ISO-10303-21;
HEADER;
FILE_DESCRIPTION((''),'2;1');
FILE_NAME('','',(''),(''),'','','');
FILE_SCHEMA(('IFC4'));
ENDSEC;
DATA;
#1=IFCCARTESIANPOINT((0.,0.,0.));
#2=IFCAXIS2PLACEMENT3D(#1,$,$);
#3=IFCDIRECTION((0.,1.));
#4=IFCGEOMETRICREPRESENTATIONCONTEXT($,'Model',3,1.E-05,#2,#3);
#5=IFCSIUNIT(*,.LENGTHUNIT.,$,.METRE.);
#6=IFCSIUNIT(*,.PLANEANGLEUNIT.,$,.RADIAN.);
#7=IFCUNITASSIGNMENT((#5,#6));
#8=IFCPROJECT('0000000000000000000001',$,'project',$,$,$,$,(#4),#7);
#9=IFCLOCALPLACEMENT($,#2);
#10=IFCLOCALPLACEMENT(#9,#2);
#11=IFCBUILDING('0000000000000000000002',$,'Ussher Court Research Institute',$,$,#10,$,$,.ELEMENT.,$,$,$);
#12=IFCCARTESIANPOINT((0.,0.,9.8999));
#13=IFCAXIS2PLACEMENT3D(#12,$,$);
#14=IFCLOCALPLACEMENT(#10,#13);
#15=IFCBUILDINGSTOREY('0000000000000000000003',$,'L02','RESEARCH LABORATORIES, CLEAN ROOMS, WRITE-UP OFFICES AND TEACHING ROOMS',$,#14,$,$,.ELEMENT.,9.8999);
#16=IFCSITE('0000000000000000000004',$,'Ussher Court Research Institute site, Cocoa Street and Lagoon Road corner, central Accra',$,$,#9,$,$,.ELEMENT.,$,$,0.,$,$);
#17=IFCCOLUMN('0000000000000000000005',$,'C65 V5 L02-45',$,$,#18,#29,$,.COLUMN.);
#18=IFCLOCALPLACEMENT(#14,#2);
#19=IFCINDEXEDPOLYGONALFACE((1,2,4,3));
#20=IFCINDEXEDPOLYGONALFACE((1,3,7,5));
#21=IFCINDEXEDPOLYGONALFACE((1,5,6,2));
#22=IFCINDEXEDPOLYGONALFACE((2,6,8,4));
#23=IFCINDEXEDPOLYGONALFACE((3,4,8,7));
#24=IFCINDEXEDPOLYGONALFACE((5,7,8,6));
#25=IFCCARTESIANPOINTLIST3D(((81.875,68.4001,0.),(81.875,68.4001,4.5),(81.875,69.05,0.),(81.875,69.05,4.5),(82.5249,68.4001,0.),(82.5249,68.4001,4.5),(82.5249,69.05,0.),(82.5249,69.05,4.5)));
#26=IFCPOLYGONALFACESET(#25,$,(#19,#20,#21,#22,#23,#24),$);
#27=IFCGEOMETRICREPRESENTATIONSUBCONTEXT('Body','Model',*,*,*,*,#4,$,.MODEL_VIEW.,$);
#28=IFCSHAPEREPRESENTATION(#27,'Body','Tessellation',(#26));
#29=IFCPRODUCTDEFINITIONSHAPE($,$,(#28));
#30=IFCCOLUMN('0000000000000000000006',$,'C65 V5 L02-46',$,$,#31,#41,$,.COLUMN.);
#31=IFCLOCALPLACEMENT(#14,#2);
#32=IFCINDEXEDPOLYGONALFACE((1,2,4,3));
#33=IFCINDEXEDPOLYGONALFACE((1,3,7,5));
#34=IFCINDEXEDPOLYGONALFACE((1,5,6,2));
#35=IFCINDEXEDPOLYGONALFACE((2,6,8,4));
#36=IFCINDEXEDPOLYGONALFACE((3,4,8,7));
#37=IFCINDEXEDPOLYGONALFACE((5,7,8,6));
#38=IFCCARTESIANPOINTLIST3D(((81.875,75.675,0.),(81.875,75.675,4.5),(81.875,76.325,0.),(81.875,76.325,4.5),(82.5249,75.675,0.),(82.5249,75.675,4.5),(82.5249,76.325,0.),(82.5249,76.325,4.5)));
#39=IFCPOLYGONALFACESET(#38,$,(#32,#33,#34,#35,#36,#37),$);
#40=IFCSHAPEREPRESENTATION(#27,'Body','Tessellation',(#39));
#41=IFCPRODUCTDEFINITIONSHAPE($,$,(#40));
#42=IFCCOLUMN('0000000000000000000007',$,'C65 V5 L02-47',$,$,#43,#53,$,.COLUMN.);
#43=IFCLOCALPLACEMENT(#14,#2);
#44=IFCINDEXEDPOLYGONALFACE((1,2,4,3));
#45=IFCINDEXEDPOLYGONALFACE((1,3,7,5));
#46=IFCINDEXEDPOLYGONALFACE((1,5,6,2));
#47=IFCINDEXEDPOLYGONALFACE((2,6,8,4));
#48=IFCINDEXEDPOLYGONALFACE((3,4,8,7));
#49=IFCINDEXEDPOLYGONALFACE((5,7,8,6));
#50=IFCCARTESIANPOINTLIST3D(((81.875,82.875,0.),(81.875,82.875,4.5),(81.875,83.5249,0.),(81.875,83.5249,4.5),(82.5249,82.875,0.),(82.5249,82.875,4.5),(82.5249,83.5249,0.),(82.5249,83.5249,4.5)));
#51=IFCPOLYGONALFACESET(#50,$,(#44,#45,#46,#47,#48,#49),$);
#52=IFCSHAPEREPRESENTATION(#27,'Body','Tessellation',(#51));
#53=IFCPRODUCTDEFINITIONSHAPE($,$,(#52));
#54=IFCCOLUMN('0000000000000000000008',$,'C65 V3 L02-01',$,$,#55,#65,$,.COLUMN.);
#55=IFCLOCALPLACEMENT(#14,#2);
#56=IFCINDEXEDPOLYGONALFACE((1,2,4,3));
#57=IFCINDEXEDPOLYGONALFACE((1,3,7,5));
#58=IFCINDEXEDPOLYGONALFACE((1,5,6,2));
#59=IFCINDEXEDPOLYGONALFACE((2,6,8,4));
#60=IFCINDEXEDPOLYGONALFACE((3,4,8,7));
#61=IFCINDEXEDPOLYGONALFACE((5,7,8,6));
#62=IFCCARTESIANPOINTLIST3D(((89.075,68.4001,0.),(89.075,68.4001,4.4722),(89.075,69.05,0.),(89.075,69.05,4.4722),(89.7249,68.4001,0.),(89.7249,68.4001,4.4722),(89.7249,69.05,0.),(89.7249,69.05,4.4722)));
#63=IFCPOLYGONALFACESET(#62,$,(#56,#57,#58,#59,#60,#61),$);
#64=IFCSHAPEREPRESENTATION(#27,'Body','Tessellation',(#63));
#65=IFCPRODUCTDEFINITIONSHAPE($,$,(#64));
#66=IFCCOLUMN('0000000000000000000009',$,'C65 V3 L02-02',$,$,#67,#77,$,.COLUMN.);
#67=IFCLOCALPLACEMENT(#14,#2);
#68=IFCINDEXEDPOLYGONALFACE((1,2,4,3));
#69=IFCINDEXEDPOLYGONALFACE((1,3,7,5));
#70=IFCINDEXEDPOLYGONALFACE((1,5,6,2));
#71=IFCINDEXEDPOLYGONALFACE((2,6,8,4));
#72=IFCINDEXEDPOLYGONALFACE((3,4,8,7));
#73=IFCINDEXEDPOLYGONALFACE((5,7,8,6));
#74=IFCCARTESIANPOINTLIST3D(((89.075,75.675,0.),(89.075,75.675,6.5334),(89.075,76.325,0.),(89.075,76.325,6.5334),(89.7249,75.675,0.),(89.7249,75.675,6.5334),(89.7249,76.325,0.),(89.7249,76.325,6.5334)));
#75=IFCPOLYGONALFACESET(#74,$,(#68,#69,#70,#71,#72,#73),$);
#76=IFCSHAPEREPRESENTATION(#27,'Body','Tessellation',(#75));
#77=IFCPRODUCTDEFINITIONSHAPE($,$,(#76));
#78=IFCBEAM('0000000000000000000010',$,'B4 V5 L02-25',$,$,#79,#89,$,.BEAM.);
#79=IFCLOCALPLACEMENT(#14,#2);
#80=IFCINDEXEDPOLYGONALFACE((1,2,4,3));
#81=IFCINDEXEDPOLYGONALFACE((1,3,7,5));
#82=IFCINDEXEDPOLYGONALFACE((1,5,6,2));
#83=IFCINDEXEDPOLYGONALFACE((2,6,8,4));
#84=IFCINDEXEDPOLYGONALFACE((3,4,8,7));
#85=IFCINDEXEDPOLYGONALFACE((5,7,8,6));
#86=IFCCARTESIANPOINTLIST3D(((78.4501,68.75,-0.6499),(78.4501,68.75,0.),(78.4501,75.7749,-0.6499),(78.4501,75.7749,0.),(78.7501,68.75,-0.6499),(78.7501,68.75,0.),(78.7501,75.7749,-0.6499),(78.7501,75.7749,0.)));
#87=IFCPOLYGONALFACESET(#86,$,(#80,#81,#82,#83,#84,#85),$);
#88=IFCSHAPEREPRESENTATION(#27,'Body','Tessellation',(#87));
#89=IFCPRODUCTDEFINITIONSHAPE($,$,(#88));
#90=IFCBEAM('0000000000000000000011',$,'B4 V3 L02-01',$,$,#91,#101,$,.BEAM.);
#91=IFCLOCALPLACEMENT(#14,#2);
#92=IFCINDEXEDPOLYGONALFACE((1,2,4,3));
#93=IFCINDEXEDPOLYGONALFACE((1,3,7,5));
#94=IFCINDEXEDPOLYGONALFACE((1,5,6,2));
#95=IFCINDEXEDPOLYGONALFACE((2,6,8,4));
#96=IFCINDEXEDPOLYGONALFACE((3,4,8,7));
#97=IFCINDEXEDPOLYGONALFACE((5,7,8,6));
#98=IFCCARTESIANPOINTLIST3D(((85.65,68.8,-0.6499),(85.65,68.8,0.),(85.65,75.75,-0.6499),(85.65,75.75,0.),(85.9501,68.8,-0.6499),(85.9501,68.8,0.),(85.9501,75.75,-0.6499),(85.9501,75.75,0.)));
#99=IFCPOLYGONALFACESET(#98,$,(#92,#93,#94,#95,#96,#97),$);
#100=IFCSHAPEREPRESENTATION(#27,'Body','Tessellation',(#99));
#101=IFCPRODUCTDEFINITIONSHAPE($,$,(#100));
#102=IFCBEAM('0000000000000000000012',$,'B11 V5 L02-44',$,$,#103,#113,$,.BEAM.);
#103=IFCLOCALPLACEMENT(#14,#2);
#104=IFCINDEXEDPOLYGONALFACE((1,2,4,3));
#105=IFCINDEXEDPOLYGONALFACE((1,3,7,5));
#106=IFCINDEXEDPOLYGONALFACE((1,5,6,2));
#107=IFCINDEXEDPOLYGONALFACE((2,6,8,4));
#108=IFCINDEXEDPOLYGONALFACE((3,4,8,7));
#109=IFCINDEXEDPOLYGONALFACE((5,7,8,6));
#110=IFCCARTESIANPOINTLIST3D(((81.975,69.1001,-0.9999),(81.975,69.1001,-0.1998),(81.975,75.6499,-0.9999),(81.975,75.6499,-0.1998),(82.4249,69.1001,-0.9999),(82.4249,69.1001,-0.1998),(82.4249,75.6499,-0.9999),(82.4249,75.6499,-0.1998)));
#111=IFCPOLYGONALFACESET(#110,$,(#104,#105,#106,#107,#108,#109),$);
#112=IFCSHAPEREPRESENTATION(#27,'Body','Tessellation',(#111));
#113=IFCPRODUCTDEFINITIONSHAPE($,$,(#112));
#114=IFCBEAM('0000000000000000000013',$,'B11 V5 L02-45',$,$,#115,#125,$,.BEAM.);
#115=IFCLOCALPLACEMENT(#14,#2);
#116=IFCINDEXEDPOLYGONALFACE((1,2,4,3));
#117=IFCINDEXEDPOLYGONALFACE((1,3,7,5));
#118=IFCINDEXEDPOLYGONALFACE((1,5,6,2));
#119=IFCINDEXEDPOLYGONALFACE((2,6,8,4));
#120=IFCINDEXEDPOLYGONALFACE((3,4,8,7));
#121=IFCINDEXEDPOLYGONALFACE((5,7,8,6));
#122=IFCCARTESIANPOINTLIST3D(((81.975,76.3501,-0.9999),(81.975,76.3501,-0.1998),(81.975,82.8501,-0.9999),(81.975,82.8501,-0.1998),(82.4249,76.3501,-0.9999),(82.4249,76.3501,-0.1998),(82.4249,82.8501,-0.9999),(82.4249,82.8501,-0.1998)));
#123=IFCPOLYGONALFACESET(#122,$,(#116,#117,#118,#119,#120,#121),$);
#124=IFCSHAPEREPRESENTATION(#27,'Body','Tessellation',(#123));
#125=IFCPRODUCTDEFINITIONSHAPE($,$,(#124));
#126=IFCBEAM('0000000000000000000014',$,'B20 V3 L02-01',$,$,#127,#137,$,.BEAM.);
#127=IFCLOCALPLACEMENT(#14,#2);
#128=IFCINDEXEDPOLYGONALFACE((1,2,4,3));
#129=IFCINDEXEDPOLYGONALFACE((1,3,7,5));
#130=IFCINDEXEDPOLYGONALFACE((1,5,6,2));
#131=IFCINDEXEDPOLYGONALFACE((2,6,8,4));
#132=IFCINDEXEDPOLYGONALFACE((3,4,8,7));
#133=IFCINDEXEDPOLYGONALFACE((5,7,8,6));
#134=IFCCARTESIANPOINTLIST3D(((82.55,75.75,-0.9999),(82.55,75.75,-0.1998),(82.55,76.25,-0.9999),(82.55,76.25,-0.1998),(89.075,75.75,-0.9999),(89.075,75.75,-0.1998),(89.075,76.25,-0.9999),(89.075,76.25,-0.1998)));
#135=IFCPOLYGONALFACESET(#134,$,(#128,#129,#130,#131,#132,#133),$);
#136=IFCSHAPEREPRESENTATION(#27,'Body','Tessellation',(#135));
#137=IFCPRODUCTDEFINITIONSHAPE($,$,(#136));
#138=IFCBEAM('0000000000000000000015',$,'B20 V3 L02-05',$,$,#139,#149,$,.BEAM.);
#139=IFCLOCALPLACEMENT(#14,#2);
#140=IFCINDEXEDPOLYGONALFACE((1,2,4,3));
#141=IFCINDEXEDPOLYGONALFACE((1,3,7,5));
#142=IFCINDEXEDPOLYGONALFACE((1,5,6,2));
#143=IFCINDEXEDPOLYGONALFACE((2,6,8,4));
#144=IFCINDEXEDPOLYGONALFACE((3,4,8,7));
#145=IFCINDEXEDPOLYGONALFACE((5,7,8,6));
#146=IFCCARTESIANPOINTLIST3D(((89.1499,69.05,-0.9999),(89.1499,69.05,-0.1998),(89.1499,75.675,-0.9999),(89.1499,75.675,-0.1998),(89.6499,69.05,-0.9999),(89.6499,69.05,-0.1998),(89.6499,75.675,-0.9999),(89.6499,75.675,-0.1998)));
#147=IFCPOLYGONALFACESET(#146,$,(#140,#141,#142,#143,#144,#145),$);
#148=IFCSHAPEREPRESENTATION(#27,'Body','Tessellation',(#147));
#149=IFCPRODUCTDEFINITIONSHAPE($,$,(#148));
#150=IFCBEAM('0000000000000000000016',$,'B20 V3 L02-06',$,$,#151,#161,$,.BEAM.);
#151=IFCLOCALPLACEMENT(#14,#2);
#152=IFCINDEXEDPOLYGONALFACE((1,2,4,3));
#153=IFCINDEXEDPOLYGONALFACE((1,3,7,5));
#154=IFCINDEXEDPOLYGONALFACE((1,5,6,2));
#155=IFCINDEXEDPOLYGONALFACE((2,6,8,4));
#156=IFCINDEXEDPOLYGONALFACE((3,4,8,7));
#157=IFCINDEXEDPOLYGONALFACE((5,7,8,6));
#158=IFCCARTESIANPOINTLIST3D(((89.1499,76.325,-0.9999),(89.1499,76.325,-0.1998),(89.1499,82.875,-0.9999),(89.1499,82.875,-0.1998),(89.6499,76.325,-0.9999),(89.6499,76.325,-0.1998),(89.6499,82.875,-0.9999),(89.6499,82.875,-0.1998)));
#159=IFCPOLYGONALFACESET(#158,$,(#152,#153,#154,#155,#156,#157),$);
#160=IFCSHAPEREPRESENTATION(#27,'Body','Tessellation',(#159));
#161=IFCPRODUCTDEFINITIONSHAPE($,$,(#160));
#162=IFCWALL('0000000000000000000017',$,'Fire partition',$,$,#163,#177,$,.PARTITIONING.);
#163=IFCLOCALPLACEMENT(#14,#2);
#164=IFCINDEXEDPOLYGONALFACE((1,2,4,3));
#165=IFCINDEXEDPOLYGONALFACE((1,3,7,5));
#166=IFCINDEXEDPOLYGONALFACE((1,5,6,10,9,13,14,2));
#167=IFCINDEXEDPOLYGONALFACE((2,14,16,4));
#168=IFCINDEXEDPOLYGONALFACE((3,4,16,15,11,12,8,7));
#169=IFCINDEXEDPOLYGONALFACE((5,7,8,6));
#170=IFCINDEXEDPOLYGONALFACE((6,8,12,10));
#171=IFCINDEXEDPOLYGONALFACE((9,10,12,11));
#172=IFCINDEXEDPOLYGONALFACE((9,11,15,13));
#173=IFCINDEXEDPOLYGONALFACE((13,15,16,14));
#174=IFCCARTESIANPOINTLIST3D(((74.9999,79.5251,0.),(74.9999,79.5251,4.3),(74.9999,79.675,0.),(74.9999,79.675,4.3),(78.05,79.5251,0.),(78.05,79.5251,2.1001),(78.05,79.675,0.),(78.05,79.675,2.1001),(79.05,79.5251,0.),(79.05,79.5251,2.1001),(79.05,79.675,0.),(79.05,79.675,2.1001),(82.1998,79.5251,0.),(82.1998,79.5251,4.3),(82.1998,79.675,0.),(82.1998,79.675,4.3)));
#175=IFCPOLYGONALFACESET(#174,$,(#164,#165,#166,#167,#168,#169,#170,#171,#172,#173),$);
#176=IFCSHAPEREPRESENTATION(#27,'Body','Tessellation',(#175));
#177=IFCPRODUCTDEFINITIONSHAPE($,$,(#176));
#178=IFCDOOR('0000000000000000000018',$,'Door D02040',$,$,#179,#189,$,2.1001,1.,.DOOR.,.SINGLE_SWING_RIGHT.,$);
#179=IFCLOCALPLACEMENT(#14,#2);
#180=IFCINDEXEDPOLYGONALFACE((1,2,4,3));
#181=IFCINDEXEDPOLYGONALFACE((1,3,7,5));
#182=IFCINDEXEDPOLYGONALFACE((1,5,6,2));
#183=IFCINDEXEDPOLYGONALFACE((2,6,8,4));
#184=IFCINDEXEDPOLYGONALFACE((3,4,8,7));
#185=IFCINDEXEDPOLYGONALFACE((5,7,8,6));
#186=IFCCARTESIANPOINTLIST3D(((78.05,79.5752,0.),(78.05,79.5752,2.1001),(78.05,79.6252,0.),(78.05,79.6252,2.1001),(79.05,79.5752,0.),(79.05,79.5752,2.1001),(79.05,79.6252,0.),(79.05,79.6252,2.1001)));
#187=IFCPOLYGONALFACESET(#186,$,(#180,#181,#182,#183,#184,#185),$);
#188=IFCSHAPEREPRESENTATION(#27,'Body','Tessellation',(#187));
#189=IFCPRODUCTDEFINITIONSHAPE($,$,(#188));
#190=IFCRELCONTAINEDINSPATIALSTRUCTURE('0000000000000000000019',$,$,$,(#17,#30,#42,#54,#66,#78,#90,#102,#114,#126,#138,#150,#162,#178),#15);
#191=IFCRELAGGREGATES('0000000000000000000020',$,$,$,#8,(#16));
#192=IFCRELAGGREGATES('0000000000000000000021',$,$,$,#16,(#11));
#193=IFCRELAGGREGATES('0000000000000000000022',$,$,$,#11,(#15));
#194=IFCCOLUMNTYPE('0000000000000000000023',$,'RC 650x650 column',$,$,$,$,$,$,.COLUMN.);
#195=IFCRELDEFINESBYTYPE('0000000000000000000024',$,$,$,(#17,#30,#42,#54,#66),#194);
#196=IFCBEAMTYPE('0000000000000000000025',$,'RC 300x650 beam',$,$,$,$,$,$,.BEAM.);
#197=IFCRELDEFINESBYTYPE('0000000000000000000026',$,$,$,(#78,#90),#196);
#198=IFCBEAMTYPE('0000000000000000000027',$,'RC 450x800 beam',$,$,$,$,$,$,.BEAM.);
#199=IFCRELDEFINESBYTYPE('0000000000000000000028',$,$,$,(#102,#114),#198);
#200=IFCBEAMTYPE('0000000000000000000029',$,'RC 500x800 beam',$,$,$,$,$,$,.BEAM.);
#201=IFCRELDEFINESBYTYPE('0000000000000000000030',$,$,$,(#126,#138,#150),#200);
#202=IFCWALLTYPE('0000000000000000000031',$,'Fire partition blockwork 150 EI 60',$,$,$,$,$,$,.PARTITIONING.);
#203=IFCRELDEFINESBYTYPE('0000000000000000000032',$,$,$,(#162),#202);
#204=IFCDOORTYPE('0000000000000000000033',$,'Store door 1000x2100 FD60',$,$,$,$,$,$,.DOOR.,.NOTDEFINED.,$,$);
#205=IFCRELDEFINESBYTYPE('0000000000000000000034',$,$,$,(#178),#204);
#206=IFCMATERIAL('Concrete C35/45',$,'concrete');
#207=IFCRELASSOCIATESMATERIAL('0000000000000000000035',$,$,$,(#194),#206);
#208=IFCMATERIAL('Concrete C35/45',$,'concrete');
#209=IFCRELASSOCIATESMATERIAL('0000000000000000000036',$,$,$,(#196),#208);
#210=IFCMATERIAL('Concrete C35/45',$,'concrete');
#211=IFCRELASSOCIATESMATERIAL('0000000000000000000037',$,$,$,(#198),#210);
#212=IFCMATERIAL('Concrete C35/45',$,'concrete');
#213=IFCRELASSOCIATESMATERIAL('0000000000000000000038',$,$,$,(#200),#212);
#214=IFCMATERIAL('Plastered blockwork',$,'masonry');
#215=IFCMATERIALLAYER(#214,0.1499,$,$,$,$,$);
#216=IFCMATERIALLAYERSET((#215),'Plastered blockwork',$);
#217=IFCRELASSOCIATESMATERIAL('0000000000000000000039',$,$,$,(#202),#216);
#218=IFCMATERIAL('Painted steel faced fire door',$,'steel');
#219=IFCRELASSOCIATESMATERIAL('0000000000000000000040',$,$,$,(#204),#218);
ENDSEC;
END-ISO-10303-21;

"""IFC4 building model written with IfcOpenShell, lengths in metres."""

from ifc_helpers import new_model, si_unit, direction, frame, frame_2d, origin, origin_2d, place, context, subcontext, project, spatial, rectangle, extrude, material, layer, layer_set, material_profile, profile_set, type_object, element, fill, save


model = new_model("IFC4")

# Units and contexts
model_context = context("Model", 3, precision=1e-05, world=origin(), true_north=direction((0.0, 1.0)))
body_context = subcontext(model_context, "Body", "Model", "MODEL_VIEW")
ifc_project = project(units=[si_unit("LENGTHUNIT", "METRE"), si_unit("PLANEANGLEUNIT", "RADIAN")], contexts=[model_context])

# Site, building, storey
site_placement = place(None, origin())
site = spatial("IfcSite", under=ifc_project, at=site_placement, Name="Ussher Court Research Institute site, Cocoa Street and Lagoon Road corner, central Accra", CompositionType="ELEMENT", RefElevation=0.0)
building_placement = place(site_placement, origin())
building = spatial("IfcBuilding", under=site, at=building_placement, Name="Ussher Court Research Institute", CompositionType="ELEMENT")
storey_placement = place(building_placement, frame((0.0, 0.0, 9.8999)))
storey = spatial("IfcBuildingStorey", under=building, at=storey_placement, Name="L02", Description="RESEARCH LABORATORIES, CLEAN ROOMS, WRITE-UP OFFICES AND TEACHING ROOMS", CompositionType="ELEMENT", Elevation=9.8999)

# Columns
ifc_material_1 = material(Name="Concrete C35/45", Category="concrete")
ifc_material_profile_1 = material_profile(ifc_material_1, rectangle(XDim=0.6499, YDim=0.6499, at=origin_2d()), Name="RC 650x650")
ifc_profile_set_1 = profile_set([ifc_material_profile_1], Name="Concrete C35/45")
column_type = type_object("IfcColumnType", Name="RC 650x650 column", PredefinedType="COLUMN", material=ifc_profile_set_1)
for number, where, z_axis, x_axis, name in (
    (1, (82.2, 68.7251, 0.0), (0.0, 0.0, 1.0), (1.0, 0.0, 0.0), "C65 V5 L02-45"),
    (2, (82.2, 76.0, 0.0), (0.0, 0.0, 1.0), (1.0, 0.0, 0.0), "C65 V5 L02-46"),
    (3, (82.2, 83.2, 0.0), (0.0, 0.0, 1.0), (1.0, 0.0, 0.0), "C65 V5 L02-47"),
):
    element("IfcColumn", number, at=place(storey_placement, frame(where, z_axis=z_axis, x_axis=x_axis)), inside=storey, type_object=column_type, Name=name, PredefinedType="COLUMN", context=body_context, shape_type="SweptSolid", body=[
        extrude(rectangle(XDim=0.6499, YDim=0.6499, at=origin_2d()), origin(), (0.0, 0.0, 1.0), 4.5),
    ])
column_1_placement = place(storey_placement, frame((89.3999, 68.7251, 0.0), z_axis=(0.0, 0.0, 1.0), x_axis=(1.0, 0.0, 0.0)))
element("IfcColumn", 4, at=column_1_placement, inside=storey, type_object=column_type, Name="C65 V3 L02-01", PredefinedType="COLUMN", context=body_context, shape_type="SweptSolid", body=[
    extrude(rectangle(XDim=0.6499, YDim=0.6499, at=origin_2d()), origin(), (0.0, 0.0, 1.0), 4.4722),
])
column_2_placement = place(storey_placement, frame((89.3999, 76.0, 0.0), z_axis=(0.0, 0.0, 1.0), x_axis=(1.0, 0.0, 0.0)))
element("IfcColumn", 5, at=column_2_placement, inside=storey, type_object=column_type, Name="C65 V3 L02-02", PredefinedType="COLUMN", context=body_context, shape_type="SweptSolid", body=[
    extrude(rectangle(XDim=0.6499, YDim=0.6499, at=origin_2d()), origin(), (0.0, 0.0, 1.0), 6.5334),
])

# Beams
ifc_material_2 = material(Name="Concrete C35/45", Category="concrete")
ifc_material_profile_2 = material_profile(ifc_material_2, rectangle(XDim=0.3, YDim=0.6499, at=origin_2d()), Name="RC 300x650")
ifc_profile_set_2 = profile_set([ifc_material_profile_2], Name="Concrete C35/45")
beam_type_1 = type_object("IfcBeamType", Name="RC 300x650 beam", PredefinedType="BEAM", material=ifc_profile_set_2)
beam_1_placement = place(storey_placement, frame((78.6001, 68.75, -0.325), z_axis=(0.0, 1.0, 0.0), x_axis=(-1.0, 0.0, 0.0)))
element("IfcBeam", 6, at=beam_1_placement, inside=storey, type_object=beam_type_1, Name="B4 V5 L02-25", PredefinedType="BEAM", context=body_context, shape_type="SweptSolid", body=[
    extrude(rectangle(XDim=0.3, YDim=0.6499, at=origin_2d()), origin(), (0.0, 0.0, 1.0), 7.0249),
])
beam_2_placement = place(storey_placement, frame((85.8, 68.8, -0.325), z_axis=(0.0, 1.0, 0.0), x_axis=(-1.0, 0.0, 0.0)))
element("IfcBeam", 7, at=beam_2_placement, inside=storey, type_object=beam_type_1, Name="B4 V3 L02-01", PredefinedType="BEAM", context=body_context, shape_type="SweptSolid", body=[
    extrude(rectangle(XDim=0.3, YDim=0.6499, at=origin_2d()), origin(), (0.0, 0.0, 1.0), 6.95),
])
ifc_material_3 = material(Name="Concrete C35/45", Category="concrete")
ifc_material_profile_3 = material_profile(ifc_material_3, rectangle(XDim=0.45, YDim=0.8, at=origin_2d()), Name="RC 450x800")
ifc_profile_set_3 = profile_set([ifc_material_profile_3], Name="Concrete C35/45")
beam_type_2 = type_object("IfcBeamType", Name="RC 450x800 beam", PredefinedType="BEAM", material=ifc_profile_set_3)
beam_3_placement = place(storey_placement, frame((82.2, 69.1001, -0.5999), z_axis=(0.0, 1.0, 0.0), x_axis=(-1.0, 0.0, 0.0)))
element("IfcBeam", 8, at=beam_3_placement, inside=storey, type_object=beam_type_2, Name="B11 V5 L02-44", PredefinedType="BEAM", context=body_context, shape_type="SweptSolid", body=[
    extrude(rectangle(XDim=0.45, YDim=0.8, at=origin_2d()), origin(), (0.0, 0.0, 1.0), 6.5498),
])
beam_4_placement = place(storey_placement, frame((82.2, 76.3501, -0.5999), z_axis=(0.0, 1.0, 0.0), x_axis=(-1.0, 0.0, 0.0)))
element("IfcBeam", 9, at=beam_4_placement, inside=storey, type_object=beam_type_2, Name="B11 V5 L02-45", PredefinedType="BEAM", context=body_context, shape_type="SweptSolid", body=[
    extrude(rectangle(XDim=0.45, YDim=0.8, at=origin_2d()), origin(), (0.0, 0.0, 1.0), 6.5),
])
ifc_material_4 = material(Name="Concrete C35/45", Category="concrete")
ifc_material_profile_4 = material_profile(ifc_material_4, rectangle(XDim=0.5, YDim=0.8, at=origin_2d()), Name="RC 500x800")
ifc_profile_set_4 = profile_set([ifc_material_profile_4], Name="Concrete C35/45")
beam_type_3 = type_object("IfcBeamType", Name="RC 500x800 beam", PredefinedType="BEAM", material=ifc_profile_set_4)
beam_5_placement = place(storey_placement, frame((82.55, 76.0, -0.5999), z_axis=(1.0, 0.0, 0.0), x_axis=(0.0, 1.0, 0.0)))
element("IfcBeam", 10, at=beam_5_placement, inside=storey, type_object=beam_type_3, Name="B20 V3 L02-01", PredefinedType="BEAM", context=body_context, shape_type="SweptSolid", body=[
    extrude(rectangle(XDim=0.5, YDim=0.8, at=origin_2d()), origin(), (0.0, 0.0, 1.0), 6.5249),
])
beam_6_placement = place(storey_placement, frame((89.3999, 69.05, -0.5999), z_axis=(0.0, 1.0, 0.0), x_axis=(-1.0, 0.0, 0.0)))
element("IfcBeam", 11, at=beam_6_placement, inside=storey, type_object=beam_type_3, Name="B20 V3 L02-05", PredefinedType="BEAM", context=body_context, shape_type="SweptSolid", body=[
    extrude(rectangle(XDim=0.5, YDim=0.8, at=origin_2d()), origin(), (0.0, 0.0, 1.0), 6.625),
])
beam_7_placement = place(storey_placement, frame((89.3999, 76.325, -0.5999), z_axis=(0.0, 1.0, 0.0), x_axis=(-1.0, 0.0, 0.0)))
element("IfcBeam", 12, at=beam_7_placement, inside=storey, type_object=beam_type_3, Name="B20 V3 L02-06", PredefinedType="BEAM", context=body_context, shape_type="SweptSolid", body=[
    extrude(rectangle(XDim=0.5, YDim=0.8, at=origin_2d()), origin(), (0.0, 0.0, 1.0), 6.55),
])

# Wall, opening, door
ifc_material_5 = material(Name="Plastered blockwork", Category="masonry")
ifc_layer_1 = layer(ifc_material_5, 0.1499)
ifc_layer_set_1 = layer_set([ifc_layer_1], Name="Plastered blockwork")
wall_type_1 = type_object("IfcWallType", Name="Fire partition blockwork 150 EI 60", PredefinedType="PARTITIONING", material=ifc_layer_set_1)
wall_1_placement = place(storey_placement, frame((82.2, 79.6001, 0.0), z_axis=(0.0, 0.0, 1.0), x_axis=(-1.0, 0.0, 0.0)))
wall_1 = element("IfcWall", 13, at=wall_1_placement, inside=storey, type_object=wall_type_1, Name="Fire partition", PredefinedType="PARTITIONING", context=body_context, shape_type="SweptSolid", body=[
    extrude(rectangle(XDim=7.2, YDim=0.1499, at=frame_2d((3.6001, 0.0))), origin(), (0.0, 0.0, 1.0), 4.3),
])
opening_1_placement = place(wall_1_placement, frame((3.1499, 0.0, 0.0)))
opening_1 = element("IfcOpeningElement", 14, at=opening_1_placement, cuts=wall_1, PredefinedType="OPENING", context=body_context, shape_type="SweptSolid", body=[
    extrude(rectangle(XDim=1.0, YDim=2.1001, at=frame_2d((0.5, 1.05))), frame((0.0, 0.085, 0.0), z_axis=(0.0, -1.0, 0.0), x_axis=(1.0, 0.0, 0.0)), (0.0, 0.0, 1.0), 0.1699),
])
ifc_material_6 = material(Name="Painted steel faced fire door", Category="steel")
door_type_1 = type_object("IfcDoorType", Name="Store door 1000x2100 FD60", OperationType="NOTDEFINED", PredefinedType="DOOR", material=ifc_material_6)
door_1_placement = place(opening_1_placement, origin())
door_1 = element("IfcDoor", 15, at=door_1_placement, inside=storey, type_object=door_type_1, Name="Door D02040", OperationType="SINGLE_SWING_RIGHT", OverallHeight=2.1001, OverallWidth=1.0, PredefinedType="DOOR", context=body_context, shape_type="SweptSolid", body=[
    extrude(rectangle(XDim=1.0, YDim=2.1001, at=frame_2d((0.5, 1.05))), frame((0.0, 0.0249, 0.0), z_axis=(0.0, -1.0, 0.0), x_axis=(1.0, 0.0, 0.0)), (0.0, 0.0, 1.0), 0.05),
])
fill(opening_1, door_1)

save(model, "model.ifc")
